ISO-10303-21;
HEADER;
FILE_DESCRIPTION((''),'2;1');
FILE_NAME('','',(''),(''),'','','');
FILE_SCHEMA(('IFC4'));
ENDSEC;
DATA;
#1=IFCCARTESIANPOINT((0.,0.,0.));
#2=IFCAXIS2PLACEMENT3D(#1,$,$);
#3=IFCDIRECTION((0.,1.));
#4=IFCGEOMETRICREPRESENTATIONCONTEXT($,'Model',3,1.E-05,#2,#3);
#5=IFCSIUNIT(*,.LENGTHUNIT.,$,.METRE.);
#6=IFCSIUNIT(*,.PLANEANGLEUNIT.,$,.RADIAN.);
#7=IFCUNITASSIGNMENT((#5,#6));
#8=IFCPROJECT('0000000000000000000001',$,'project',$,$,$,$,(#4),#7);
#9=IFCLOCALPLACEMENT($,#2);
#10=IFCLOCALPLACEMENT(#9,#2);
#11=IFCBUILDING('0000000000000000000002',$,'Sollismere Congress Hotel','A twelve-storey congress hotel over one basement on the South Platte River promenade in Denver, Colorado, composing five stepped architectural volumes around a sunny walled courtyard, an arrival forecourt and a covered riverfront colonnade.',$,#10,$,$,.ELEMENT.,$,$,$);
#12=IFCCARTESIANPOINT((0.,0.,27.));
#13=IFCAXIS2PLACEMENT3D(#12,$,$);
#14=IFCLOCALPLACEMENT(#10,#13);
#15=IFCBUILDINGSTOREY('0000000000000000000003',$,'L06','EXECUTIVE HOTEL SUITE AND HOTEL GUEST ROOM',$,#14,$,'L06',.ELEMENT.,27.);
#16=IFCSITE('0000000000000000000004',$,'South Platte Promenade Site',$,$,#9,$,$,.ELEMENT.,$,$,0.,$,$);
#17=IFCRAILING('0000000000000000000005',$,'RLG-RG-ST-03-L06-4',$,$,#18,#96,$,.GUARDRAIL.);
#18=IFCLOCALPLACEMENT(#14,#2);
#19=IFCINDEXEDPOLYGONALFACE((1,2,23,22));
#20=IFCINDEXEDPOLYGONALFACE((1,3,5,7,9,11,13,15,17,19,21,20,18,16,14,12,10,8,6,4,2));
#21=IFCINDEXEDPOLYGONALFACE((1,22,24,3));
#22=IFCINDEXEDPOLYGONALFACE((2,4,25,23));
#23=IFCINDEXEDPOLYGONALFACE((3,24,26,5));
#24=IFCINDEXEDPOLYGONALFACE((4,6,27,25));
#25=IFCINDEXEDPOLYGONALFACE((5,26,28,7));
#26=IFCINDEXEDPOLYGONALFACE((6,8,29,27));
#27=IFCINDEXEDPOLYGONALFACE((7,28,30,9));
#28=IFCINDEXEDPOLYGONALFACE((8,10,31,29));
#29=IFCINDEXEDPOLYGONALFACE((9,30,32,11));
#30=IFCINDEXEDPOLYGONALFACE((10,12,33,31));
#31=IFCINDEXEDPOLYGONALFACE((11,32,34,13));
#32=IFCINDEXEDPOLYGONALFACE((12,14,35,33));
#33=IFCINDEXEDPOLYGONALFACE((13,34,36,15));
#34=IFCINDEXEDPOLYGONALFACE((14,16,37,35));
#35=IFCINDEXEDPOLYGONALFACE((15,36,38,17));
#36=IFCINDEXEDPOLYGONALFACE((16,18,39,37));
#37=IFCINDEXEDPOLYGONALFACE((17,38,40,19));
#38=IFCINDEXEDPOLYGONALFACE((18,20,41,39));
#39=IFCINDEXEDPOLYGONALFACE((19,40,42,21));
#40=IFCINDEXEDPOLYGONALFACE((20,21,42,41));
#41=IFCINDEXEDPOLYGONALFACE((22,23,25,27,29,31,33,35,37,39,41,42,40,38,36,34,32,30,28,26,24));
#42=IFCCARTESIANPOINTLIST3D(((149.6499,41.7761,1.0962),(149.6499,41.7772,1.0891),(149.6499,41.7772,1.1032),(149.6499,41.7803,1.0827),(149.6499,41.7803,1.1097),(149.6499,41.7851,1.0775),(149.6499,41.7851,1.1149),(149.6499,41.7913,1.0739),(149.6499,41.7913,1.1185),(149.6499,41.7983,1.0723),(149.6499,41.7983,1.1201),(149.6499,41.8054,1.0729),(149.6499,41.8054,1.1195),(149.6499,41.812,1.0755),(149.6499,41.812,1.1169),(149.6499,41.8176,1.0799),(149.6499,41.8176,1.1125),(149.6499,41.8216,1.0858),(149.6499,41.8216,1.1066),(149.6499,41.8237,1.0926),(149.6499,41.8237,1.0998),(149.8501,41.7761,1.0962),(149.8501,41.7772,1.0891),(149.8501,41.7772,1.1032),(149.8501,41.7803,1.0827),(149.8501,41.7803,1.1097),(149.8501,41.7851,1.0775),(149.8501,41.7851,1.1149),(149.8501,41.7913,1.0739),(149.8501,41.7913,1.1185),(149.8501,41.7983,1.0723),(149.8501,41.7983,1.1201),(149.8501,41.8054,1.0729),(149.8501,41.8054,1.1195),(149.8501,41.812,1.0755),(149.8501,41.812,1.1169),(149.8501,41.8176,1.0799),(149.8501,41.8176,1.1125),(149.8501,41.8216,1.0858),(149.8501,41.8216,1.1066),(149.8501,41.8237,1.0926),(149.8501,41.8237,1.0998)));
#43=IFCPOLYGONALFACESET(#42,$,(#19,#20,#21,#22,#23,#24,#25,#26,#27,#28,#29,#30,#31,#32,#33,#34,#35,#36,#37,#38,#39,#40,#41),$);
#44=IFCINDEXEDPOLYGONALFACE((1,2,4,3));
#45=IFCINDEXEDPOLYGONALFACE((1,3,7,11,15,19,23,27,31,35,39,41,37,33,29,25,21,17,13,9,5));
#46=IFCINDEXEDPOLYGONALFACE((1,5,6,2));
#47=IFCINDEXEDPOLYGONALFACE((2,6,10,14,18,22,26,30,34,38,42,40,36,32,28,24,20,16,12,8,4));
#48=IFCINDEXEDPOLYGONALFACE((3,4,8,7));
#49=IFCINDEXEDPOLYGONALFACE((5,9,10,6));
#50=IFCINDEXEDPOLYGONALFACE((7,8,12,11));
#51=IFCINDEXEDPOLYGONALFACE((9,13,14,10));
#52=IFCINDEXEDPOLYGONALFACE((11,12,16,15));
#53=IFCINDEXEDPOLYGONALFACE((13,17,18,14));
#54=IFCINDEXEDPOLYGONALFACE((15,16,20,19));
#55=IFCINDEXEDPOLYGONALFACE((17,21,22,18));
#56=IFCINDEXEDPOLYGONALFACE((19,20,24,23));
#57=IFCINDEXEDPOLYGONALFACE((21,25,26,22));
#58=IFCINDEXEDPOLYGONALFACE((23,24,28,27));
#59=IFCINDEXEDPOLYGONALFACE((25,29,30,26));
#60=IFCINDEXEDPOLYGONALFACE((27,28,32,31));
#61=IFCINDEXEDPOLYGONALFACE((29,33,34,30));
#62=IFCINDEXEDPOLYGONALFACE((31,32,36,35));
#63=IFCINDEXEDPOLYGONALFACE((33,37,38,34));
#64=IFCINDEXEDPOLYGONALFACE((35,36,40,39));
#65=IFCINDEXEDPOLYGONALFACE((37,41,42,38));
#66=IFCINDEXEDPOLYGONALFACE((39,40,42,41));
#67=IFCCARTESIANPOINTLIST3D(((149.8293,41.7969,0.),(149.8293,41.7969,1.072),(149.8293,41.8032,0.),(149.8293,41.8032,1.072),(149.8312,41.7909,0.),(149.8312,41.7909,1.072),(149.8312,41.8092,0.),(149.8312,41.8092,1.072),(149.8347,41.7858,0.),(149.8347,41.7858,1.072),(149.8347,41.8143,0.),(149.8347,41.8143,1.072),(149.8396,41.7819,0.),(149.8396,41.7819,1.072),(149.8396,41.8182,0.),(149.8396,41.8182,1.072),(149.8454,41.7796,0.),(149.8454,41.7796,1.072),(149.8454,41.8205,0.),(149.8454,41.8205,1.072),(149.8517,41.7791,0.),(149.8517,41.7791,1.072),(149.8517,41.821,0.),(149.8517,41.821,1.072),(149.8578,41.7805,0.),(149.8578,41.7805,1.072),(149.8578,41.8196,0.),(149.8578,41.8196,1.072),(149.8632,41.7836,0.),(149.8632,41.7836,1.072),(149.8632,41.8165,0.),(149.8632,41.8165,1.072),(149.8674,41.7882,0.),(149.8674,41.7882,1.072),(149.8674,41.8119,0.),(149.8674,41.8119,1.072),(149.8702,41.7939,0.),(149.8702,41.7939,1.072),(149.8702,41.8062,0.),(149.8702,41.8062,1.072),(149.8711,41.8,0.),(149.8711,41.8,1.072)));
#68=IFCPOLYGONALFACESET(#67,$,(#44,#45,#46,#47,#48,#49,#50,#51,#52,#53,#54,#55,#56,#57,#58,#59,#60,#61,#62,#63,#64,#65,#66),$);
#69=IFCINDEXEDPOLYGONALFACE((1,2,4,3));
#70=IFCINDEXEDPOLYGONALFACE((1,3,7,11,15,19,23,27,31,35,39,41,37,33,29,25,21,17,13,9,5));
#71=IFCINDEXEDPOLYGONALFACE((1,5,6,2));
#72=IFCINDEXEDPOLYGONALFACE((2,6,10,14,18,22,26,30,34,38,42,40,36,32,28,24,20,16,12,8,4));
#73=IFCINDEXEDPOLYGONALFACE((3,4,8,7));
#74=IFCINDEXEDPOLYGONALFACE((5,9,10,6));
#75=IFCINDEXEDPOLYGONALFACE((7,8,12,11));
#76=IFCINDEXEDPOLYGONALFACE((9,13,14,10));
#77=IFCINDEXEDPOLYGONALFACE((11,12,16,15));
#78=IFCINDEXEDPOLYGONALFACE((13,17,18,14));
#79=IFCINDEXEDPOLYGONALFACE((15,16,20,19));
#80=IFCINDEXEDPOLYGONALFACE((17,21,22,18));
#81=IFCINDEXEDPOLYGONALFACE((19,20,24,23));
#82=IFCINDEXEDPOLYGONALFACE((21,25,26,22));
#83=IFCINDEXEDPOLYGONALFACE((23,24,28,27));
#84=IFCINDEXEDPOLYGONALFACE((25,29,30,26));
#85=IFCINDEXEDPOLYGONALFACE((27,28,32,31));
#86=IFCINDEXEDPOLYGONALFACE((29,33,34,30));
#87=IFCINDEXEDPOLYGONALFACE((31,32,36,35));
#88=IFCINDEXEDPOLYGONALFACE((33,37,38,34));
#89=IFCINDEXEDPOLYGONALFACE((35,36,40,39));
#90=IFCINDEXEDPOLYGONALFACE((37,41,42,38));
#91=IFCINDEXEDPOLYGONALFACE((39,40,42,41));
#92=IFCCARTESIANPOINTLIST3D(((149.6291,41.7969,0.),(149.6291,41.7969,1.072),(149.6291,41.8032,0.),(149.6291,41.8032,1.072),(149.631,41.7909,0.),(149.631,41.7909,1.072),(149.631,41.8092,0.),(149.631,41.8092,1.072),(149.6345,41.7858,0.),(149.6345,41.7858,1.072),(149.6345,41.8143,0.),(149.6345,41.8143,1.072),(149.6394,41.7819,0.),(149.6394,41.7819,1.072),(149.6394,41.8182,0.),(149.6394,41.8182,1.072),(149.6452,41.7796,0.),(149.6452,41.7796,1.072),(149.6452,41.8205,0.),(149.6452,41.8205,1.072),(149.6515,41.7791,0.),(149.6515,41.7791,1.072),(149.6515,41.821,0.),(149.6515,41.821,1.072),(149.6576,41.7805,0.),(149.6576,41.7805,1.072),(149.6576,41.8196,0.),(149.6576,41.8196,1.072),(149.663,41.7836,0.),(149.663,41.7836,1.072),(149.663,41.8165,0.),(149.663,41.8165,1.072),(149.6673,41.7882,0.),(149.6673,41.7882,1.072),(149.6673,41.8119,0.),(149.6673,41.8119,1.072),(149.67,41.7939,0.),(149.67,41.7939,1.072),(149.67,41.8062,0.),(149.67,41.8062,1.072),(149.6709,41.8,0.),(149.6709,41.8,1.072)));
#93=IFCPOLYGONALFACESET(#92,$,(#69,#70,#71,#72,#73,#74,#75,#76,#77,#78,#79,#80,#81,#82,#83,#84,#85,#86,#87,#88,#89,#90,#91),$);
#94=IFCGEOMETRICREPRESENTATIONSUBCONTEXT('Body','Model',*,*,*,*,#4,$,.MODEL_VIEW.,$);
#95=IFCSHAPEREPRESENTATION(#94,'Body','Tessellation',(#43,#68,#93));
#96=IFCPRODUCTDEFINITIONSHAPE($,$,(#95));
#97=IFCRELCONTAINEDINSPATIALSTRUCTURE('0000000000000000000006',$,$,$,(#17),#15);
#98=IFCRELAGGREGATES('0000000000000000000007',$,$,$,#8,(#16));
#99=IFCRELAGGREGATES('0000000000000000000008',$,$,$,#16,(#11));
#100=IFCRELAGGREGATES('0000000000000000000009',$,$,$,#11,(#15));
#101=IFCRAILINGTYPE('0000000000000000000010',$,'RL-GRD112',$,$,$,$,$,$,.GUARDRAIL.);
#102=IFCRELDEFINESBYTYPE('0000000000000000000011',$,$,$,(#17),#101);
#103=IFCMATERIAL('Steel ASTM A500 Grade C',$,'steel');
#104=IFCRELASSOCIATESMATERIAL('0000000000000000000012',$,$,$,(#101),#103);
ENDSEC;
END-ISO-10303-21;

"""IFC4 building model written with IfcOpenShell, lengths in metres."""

from ifc_helpers import new_model, si_unit, direction, frame, origin, origin_2d, place, context, subcontext, project, spatial, circle, extrude, material, type_object, element, save


model = new_model("IFC4")

# Units and contexts
model_context = context("Model", 3, precision=1e-05, world=origin(), true_north=direction((0.0, 1.0)))
body_context = subcontext(model_context, "Body", "Model", "MODEL_VIEW")
ifc_project = project(units=[si_unit("LENGTHUNIT", "METRE"), si_unit("PLANEANGLEUNIT", "RADIAN")], contexts=[model_context])

# Site, building, storey
site_placement = place(None, origin())
site = spatial("IfcSite", under=ifc_project, at=site_placement, Name="South Platte Promenade Site", CompositionType="ELEMENT", RefElevation=0.0)
building_placement = place(site_placement, origin())
building = spatial("IfcBuilding", under=site, at=building_placement, Name="Sollismere Congress Hotel", Description="A twelve-storey congress hotel over one basement on the South Platte River promenade in Denver, Colorado, composing five stepped architectural volumes around a sunny walled courtyard, an arrival forecourt and a covered riverfront colonnade.", CompositionType="ELEMENT")
storey_placement = place(building_placement, frame((0.0, 0.0, 27.0)))
storey = spatial("IfcBuildingStorey", under=building, at=storey_placement, Name="L06", Description="EXECUTIVE HOTEL SUITE AND HOTEL GUEST ROOM", LongName="L06", CompositionType="ELEMENT", Elevation=27.0)

# Railing
ifc_material_1 = material(Name="Steel ASTM A500 Grade C", Category="steel")
railing_type_1 = type_object("IfcRailingType", Name="RL-GRD112", PredefinedType="GUARDRAIL", material=ifc_material_1)
railing_1_placement = place(storey_placement, frame((149.8501, 41.8, 0.0)))
element("IfcRailing", 1, at=railing_1_placement, inside=storey, type_object=railing_type_1, Name="RLG-RG-ST-03-L06-4", PredefinedType="GUARDRAIL", context=body_context, shape_type="SweptSolid", body=[
    extrude(circle(Radius=0.0239, at=origin_2d()), frame((0.0, 0.0, 1.0962), z_axis=(-1.0, 0.0, 0.0), x_axis=(0.0, -1.0, 0.0)), (0.0, 0.0, 1.0), 0.2002),
    extrude(circle(Radius=0.021, at=origin_2d()), origin(), (0.0, 0.0, 1.0), 1.072),
    extrude(circle(Radius=0.021, at=origin_2d()), frame((-0.2002, 0.0, 0.0)), (0.0, 0.0, 1.0), 1.072),
])

save(model, "model.ifc")
